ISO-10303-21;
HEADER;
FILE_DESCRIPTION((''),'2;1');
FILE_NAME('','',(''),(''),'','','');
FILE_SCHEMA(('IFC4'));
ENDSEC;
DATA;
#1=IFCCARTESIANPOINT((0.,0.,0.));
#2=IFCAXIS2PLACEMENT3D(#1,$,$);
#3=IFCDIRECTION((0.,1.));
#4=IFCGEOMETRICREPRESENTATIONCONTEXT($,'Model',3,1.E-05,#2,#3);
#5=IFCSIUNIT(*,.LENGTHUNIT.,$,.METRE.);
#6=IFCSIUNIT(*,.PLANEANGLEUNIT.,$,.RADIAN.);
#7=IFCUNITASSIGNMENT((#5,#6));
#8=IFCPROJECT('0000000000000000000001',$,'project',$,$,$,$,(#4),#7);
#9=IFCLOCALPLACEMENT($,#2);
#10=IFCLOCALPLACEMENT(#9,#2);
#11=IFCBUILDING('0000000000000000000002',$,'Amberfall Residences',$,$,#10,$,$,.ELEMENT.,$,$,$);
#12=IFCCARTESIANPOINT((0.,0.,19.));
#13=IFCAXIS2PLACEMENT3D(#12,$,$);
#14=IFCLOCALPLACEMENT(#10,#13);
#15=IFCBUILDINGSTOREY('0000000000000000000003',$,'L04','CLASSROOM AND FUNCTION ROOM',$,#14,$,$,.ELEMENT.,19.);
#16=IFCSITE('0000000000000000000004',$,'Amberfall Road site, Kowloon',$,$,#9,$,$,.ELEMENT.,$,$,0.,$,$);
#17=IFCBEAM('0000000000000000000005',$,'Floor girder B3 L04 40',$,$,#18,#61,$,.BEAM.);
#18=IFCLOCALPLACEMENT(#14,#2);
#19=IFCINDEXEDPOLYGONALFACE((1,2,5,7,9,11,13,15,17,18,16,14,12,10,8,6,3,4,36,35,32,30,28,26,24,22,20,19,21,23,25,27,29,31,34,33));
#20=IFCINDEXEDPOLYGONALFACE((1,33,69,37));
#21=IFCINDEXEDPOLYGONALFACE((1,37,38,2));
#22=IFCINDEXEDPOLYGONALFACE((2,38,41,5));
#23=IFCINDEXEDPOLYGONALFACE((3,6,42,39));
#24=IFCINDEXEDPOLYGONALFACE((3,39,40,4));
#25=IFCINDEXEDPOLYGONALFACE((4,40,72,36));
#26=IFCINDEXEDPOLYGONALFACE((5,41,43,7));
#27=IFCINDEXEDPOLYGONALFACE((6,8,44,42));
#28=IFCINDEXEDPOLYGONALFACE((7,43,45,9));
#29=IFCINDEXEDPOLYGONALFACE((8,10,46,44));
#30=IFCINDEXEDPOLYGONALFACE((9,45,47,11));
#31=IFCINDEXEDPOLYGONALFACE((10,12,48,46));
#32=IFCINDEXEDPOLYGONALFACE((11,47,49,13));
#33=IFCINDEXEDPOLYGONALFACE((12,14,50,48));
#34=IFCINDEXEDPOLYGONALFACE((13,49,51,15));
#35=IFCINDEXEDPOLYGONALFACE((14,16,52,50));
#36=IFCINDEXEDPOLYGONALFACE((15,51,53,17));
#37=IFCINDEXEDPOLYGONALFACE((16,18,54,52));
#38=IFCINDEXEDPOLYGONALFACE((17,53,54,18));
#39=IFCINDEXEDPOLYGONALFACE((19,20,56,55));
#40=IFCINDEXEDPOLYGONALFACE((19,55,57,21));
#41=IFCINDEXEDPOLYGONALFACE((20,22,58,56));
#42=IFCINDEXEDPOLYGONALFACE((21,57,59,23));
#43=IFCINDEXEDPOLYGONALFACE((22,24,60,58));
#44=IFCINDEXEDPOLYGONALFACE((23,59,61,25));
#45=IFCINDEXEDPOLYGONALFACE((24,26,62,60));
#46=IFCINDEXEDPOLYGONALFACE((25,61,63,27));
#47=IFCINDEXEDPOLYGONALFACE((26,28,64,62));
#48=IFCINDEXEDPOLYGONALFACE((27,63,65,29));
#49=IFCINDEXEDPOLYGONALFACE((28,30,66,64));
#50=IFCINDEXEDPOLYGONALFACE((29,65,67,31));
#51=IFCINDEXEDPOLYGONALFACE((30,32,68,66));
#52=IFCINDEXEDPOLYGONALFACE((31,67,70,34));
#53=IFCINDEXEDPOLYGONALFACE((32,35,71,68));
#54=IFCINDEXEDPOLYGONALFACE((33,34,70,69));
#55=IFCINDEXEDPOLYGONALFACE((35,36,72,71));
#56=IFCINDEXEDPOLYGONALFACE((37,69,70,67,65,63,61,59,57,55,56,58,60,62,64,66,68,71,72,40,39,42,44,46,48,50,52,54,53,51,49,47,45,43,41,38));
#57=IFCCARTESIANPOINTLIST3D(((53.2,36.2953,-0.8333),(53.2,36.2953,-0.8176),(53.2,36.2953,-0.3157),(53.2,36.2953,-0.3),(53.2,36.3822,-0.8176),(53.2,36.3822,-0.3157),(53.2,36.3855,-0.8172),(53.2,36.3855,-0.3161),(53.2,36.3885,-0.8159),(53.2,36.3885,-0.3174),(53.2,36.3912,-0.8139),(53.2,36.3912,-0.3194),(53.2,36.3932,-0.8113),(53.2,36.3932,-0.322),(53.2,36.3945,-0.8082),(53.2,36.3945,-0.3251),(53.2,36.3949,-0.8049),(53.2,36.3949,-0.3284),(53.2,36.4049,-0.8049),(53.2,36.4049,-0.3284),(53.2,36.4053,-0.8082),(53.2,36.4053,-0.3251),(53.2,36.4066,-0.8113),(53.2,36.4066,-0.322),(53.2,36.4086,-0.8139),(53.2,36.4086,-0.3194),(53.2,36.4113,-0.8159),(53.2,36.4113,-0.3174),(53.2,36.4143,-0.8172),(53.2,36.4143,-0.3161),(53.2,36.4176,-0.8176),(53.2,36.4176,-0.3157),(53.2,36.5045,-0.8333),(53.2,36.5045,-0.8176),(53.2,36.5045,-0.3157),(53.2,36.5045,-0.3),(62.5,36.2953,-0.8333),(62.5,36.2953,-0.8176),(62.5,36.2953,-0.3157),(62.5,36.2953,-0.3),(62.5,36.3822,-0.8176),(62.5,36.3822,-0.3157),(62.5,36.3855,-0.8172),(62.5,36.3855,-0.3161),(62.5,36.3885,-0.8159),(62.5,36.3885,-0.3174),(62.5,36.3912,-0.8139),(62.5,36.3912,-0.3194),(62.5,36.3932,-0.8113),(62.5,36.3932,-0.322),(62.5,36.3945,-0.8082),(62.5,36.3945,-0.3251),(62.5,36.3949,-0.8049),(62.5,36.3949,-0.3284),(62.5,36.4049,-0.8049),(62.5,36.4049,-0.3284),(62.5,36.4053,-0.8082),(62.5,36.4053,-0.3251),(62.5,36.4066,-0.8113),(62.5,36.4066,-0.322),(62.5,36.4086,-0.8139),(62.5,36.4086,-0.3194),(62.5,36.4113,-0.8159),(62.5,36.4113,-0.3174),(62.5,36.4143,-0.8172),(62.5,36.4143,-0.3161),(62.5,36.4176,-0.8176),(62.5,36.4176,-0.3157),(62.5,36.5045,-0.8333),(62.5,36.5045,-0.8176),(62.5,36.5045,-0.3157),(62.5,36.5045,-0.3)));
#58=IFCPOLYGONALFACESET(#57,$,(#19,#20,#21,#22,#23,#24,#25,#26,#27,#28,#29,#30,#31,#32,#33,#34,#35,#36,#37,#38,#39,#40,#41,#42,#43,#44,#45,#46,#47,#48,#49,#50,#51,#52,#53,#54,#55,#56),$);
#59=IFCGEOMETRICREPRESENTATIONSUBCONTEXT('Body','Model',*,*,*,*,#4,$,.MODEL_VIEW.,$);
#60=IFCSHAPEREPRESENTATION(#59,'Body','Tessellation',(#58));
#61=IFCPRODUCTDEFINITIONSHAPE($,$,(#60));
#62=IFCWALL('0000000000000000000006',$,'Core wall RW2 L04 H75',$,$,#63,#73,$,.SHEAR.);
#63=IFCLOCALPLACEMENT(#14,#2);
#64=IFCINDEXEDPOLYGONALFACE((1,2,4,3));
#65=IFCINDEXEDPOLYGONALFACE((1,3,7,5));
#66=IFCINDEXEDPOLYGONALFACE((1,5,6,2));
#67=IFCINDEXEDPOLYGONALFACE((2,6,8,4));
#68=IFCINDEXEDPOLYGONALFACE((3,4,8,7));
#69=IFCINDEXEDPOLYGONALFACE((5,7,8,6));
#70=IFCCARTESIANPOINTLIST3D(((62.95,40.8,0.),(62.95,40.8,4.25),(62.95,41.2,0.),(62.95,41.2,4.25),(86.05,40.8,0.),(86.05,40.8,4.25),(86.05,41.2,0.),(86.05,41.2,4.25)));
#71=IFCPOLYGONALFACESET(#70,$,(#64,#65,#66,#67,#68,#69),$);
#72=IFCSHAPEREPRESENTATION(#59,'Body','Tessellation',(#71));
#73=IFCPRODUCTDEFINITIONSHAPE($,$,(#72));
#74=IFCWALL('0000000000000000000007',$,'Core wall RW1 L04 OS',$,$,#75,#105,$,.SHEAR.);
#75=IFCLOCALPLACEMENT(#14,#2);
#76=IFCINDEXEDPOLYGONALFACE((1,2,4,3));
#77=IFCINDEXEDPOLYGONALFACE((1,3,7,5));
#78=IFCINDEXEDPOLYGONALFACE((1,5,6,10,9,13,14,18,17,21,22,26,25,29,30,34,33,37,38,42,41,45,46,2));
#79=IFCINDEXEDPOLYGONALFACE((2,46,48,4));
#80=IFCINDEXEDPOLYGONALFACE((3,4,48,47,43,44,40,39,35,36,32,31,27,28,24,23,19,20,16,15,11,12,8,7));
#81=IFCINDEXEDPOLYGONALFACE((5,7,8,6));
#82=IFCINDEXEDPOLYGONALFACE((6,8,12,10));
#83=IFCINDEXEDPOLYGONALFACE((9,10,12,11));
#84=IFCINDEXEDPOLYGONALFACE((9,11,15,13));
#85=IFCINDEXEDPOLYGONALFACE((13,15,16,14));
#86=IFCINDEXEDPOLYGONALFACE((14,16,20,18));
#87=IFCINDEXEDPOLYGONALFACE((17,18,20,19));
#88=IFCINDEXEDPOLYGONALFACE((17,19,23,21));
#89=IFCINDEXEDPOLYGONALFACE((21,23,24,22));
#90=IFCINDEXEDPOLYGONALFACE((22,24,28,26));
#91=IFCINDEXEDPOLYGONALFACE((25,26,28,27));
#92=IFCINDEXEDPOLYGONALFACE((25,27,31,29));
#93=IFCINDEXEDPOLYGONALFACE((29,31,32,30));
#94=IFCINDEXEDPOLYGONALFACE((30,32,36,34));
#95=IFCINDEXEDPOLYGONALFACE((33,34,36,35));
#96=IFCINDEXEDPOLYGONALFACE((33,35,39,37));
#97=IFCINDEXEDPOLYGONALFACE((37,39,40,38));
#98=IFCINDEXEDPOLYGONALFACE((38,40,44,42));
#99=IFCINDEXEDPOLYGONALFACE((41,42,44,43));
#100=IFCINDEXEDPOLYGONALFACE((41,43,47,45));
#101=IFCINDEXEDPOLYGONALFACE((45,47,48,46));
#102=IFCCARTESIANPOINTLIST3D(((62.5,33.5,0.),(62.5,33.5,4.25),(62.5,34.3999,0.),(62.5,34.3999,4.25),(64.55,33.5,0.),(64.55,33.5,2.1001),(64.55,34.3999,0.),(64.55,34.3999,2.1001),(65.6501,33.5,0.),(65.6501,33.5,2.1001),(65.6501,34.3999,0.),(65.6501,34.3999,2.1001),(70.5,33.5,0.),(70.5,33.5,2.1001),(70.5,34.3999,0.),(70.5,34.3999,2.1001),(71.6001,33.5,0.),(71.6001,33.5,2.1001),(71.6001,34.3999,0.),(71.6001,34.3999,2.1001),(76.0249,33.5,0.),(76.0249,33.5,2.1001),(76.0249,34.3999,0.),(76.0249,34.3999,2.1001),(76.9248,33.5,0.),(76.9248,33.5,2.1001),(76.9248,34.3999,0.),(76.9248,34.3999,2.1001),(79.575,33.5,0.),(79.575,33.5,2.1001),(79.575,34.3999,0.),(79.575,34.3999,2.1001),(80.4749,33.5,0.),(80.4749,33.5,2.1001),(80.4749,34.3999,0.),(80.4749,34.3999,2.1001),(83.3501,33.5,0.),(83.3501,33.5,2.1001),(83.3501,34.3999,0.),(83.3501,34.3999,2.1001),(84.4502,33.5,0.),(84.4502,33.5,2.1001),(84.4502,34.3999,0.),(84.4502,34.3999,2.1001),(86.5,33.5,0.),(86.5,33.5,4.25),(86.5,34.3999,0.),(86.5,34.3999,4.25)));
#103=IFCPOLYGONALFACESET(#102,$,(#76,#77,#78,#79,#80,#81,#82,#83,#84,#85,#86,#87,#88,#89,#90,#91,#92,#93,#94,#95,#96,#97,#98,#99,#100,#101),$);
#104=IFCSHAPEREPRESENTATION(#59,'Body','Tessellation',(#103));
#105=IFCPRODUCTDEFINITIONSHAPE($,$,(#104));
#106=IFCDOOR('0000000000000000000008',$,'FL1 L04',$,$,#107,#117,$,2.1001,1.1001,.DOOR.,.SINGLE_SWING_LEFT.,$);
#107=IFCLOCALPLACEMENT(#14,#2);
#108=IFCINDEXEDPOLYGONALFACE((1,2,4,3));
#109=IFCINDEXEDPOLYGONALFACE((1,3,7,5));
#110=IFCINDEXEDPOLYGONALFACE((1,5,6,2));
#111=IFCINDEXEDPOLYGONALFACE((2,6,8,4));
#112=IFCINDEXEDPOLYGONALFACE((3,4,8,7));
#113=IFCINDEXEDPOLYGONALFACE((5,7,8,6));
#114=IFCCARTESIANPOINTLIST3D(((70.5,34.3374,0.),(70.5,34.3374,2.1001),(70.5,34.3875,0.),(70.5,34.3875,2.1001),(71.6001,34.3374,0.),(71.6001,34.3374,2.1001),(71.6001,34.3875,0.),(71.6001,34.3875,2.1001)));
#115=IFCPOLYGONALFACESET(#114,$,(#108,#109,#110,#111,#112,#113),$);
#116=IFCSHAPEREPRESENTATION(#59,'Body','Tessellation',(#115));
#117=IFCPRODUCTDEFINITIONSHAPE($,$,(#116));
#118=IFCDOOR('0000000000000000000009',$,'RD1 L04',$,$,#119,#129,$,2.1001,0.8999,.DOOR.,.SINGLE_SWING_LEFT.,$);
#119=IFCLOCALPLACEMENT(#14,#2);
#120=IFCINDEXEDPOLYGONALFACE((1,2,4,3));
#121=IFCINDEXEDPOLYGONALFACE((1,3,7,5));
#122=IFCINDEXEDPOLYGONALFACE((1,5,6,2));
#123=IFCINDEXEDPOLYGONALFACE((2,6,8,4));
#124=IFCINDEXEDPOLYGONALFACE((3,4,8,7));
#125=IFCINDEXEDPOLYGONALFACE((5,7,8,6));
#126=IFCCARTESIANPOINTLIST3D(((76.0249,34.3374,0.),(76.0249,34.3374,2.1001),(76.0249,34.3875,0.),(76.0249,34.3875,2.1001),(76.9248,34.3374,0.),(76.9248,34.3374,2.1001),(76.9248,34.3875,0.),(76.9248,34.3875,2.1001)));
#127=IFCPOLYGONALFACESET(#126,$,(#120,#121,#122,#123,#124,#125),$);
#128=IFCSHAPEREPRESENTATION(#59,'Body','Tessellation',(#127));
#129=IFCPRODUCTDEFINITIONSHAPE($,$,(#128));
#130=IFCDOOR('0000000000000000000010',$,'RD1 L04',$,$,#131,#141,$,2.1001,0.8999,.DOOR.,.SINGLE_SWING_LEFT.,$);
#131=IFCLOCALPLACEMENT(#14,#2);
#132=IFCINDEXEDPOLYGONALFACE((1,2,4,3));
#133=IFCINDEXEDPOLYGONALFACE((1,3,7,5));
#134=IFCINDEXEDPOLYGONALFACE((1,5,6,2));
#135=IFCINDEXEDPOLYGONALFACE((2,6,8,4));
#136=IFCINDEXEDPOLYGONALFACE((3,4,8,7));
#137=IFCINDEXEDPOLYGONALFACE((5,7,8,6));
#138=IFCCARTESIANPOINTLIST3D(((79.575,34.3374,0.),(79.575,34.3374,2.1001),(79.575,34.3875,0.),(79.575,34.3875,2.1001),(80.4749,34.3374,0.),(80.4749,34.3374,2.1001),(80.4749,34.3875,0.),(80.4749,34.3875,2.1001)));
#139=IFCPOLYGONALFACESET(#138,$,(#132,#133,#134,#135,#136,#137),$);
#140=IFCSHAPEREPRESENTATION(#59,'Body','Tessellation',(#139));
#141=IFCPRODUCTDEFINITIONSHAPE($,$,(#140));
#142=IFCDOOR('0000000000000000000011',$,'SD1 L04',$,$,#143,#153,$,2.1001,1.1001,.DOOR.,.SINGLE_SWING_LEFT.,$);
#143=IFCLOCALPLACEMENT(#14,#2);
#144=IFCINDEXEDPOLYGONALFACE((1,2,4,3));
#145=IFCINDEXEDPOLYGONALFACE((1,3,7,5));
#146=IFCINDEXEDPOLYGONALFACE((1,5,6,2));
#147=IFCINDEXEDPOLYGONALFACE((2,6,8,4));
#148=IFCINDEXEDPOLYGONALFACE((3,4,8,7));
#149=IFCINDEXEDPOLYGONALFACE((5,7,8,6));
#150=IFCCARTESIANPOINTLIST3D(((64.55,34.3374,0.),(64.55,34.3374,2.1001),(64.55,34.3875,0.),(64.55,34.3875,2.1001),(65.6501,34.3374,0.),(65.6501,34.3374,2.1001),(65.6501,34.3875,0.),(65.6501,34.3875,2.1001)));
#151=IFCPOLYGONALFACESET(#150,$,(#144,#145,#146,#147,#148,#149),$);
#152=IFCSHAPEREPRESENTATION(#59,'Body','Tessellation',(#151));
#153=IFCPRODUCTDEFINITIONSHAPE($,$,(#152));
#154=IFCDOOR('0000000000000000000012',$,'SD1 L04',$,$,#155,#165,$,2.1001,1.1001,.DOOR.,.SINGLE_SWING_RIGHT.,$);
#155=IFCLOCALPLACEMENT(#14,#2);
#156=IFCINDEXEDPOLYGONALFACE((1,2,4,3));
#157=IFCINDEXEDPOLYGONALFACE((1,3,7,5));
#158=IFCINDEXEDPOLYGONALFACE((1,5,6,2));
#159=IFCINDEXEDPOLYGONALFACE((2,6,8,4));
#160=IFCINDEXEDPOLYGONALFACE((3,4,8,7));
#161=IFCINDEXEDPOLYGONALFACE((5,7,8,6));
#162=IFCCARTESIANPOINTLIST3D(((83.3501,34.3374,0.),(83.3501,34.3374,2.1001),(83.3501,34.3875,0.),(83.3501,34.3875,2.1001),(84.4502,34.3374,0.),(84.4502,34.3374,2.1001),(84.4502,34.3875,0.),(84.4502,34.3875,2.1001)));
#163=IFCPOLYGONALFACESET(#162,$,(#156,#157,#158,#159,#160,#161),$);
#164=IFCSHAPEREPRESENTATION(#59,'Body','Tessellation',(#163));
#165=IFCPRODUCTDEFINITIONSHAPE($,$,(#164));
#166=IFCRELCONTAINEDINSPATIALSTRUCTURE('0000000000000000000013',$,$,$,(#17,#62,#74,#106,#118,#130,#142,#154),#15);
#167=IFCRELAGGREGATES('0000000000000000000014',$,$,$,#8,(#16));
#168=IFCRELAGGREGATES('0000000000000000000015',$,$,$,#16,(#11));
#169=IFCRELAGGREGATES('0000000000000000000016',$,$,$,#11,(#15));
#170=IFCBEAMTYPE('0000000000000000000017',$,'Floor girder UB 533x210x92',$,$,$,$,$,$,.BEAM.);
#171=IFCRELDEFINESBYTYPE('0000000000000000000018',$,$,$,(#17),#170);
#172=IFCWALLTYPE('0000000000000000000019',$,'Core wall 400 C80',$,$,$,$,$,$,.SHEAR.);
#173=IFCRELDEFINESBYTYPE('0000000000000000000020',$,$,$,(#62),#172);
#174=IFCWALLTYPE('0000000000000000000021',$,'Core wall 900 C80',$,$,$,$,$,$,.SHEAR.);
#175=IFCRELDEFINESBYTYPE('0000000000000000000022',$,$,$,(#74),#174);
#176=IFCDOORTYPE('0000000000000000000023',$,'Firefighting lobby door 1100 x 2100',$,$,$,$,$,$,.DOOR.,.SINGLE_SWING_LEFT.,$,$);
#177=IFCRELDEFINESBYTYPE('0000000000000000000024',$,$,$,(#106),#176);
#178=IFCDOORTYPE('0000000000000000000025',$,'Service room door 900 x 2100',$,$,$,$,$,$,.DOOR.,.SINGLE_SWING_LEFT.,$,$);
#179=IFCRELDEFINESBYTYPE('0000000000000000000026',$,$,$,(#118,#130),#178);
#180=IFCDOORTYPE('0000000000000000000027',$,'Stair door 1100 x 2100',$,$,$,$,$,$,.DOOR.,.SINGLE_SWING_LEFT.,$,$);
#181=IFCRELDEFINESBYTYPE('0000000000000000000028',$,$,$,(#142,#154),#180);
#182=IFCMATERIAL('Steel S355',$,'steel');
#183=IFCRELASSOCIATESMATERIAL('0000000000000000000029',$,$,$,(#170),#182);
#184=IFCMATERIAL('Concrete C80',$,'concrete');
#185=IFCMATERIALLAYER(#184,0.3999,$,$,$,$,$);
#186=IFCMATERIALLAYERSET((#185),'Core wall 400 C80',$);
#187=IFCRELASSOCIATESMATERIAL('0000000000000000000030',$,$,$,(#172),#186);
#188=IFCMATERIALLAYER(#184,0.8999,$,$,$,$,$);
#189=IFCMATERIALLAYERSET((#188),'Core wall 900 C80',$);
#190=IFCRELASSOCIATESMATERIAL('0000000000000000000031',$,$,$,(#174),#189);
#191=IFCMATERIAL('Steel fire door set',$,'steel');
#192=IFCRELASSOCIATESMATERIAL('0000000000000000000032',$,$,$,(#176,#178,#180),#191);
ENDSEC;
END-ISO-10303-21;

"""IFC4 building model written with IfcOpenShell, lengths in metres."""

from ifc_helpers import new_model, si_unit, direction, frame, frame_2d, origin, origin_2d, place, context, subcontext, project, spatial, rectangle, i_section, extrude, material, layer, layer_set, material_profile, profile_set, type_object, element, fill, save


model = new_model("IFC4")

# Units and contexts
model_context = context("Model", 3, precision=1e-05, world=origin(), true_north=direction((0.0, 1.0)))
body_context = subcontext(model_context, "Body", "Model", "MODEL_VIEW")
ifc_project = project(units=[si_unit("LENGTHUNIT", "METRE"), si_unit("PLANEANGLEUNIT", "RADIAN")], contexts=[model_context])

# Site, building, storey
site_placement = place(None, origin())
site = spatial("IfcSite", under=ifc_project, at=site_placement, Name="Amberfall Road site, Kowloon", CompositionType="ELEMENT", RefElevation=0.0)
building_placement = place(site_placement, origin())
building = spatial("IfcBuilding", under=site, at=building_placement, Name="Amberfall Residences", CompositionType="ELEMENT")
storey_placement = place(building_placement, frame((0.0, 0.0, 19.0)))
storey = spatial("IfcBuildingStorey", under=building, at=storey_placement, Name="L04", Description="CLASSROOM AND FUNCTION ROOM", CompositionType="ELEMENT", Elevation=19.0)

# Shared definitions
ifc_material_1 = material(Name="Concrete C80", Category="concrete")

# Beam
ifc_material_2 = material(Name="Steel S355", Category="steel")
ifc_material_profile_1 = material_profile(ifc_material_2, i_section(OverallWidth=0.2092, OverallDepth=0.5332, WebThickness=0.01, FlangeThickness=0.0156, FilletRadius=0.0127, at=origin_2d()), Name="UB 533x210x92")
ifc_profile_set_1 = profile_set([ifc_material_profile_1], Name="Steel S355")
beam_type_1 = type_object("IfcBeamType", Name="Floor girder UB 533x210x92", PredefinedType="BEAM", material=ifc_profile_set_1)
beam_1_placement = place(storey_placement, frame((53.2, 36.3999, -0.5667), z_axis=(1.0, 0.0, 0.0), x_axis=(0.0, 1.0, 0.0)))
element("IfcBeam", 1, at=beam_1_placement, inside=storey, type_object=beam_type_1, Name="Floor girder B3 L04 40", PredefinedType="BEAM", context=body_context, shape_type="SweptSolid", body=[
    extrude(i_section(OverallWidth=0.2092, OverallDepth=0.5332, WebThickness=0.01, FlangeThickness=0.0156, FilletRadius=0.0127, at=origin_2d()), origin(), (0.0, 0.0, 1.0), 9.3),
])

# Wall
ifc_layer_1 = layer(ifc_material_1, 0.3999)
ifc_layer_set_1 = layer_set([ifc_layer_1], Name="Core wall 400 C80")
wall_type_1 = type_object("IfcWallType", Name="Core wall 400 C80", PredefinedType="SHEAR", material=ifc_layer_set_1)
wall_1_placement = place(storey_placement, frame((62.95, 41.0, 0.0), z_axis=(0.0, 0.0, 1.0), x_axis=(1.0, 0.0, 0.0)))
element("IfcWall", 2, at=wall_1_placement, inside=storey, type_object=wall_type_1, Name="Core wall RW2 L04 H75", PredefinedType="SHEAR", context=body_context, shape_type="SweptSolid", body=[
    extrude(rectangle(XDim=23.1001, YDim=0.3999, at=frame_2d((11.55, 0.0))), origin(), (0.0, 0.0, 1.0), 4.25),
])

# Wall, openings, doors
ifc_layer_2 = layer(ifc_material_1, 0.8999)
ifc_layer_set_2 = layer_set([ifc_layer_2], Name="Core wall 900 C80")
wall_type_2 = type_object("IfcWallType", Name="Core wall 900 C80", PredefinedType="SHEAR", material=ifc_layer_set_2)
wall_2_placement = place(storey_placement, frame((62.5, 33.95, 0.0), z_axis=(0.0, 0.0, 1.0), x_axis=(1.0, 0.0, 0.0)))
wall_2 = element("IfcWall", 3, at=wall_2_placement, inside=storey, type_object=wall_type_2, Name="Core wall RW1 L04 OS", PredefinedType="SHEAR", context=body_context, shape_type="SweptSolid", body=[
    extrude(rectangle(XDim=24.0, YDim=0.8999, at=frame_2d((12.0, 0.0))), origin(), (0.0, 0.0, 1.0), 4.25),
])
opening_1_placement = place(wall_2_placement, frame((2.05, 0.0, 0.0)))
opening_1 = element("IfcOpeningElement", 4, at=opening_1_placement, cuts=wall_2, PredefinedType="OPENING", context=body_context, shape_type="SweptSolid", body=[
    extrude(rectangle(XDim=1.1001, YDim=2.1001, at=frame_2d((0.55, 1.05))), frame((0.0, 0.46, 0.0), z_axis=(0.0, -1.0, 0.0), x_axis=(1.0, 0.0, 0.0)), (0.0, 0.0, 1.0), 0.9199),
])
opening_2_placement = place(wall_2_placement, frame((20.8501, 0.0, 0.0)))
opening_2 = element("IfcOpeningElement", 5, at=opening_2_placement, cuts=wall_2, PredefinedType="OPENING", context=body_context, shape_type="SweptSolid", body=[
    extrude(rectangle(XDim=1.1001, YDim=2.1001, at=frame_2d((0.55, 1.05))), frame((0.0, 0.46, 0.0), z_axis=(0.0, -1.0, 0.0), x_axis=(1.0, 0.0, 0.0)), (0.0, 0.0, 1.0), 0.9199),
])
opening_3_placement = place(wall_2_placement, frame((8.0, 0.0, 0.0)))
opening_3 = element("IfcOpeningElement", 6, at=opening_3_placement, cuts=wall_2, PredefinedType="OPENING", context=body_context, shape_type="SweptSolid", body=[
    extrude(rectangle(XDim=1.1001, YDim=2.1001, at=frame_2d((0.55, 1.05))), frame((0.0, 0.46, 0.0), z_axis=(0.0, -1.0, 0.0), x_axis=(1.0, 0.0, 0.0)), (0.0, 0.0, 1.0), 0.9199),
])
opening_4_placement = place(wall_2_placement, frame((13.5249, 0.0, 0.0)))
opening_4 = element("IfcOpeningElement", 7, at=opening_4_placement, cuts=wall_2, PredefinedType="OPENING", context=body_context, shape_type="SweptSolid", body=[
    extrude(rectangle(XDim=0.8999, YDim=2.1001, at=frame_2d((0.45, 1.05))), frame((0.0, 0.46, 0.0), z_axis=(0.0, -1.0, 0.0), x_axis=(1.0, 0.0, 0.0)), (0.0, 0.0, 1.0), 0.9199),
])
opening_5_placement = place(wall_2_placement, frame((17.075, 0.0, 0.0)))
opening_5 = element("IfcOpeningElement", 8, at=opening_5_placement, cuts=wall_2, PredefinedType="OPENING", context=body_context, shape_type="SweptSolid", body=[
    extrude(rectangle(XDim=0.8999, YDim=2.1001, at=frame_2d((0.45, 1.05))), frame((0.0, 0.46, 0.0), z_axis=(0.0, -1.0, 0.0), x_axis=(1.0, 0.0, 0.0)), (0.0, 0.0, 1.0), 0.9199),
])
ifc_material_3 = material(Name="Steel fire door set", Category="steel")
door_type_1 = type_object("IfcDoorType", Name="Firefighting lobby door 1100 x 2100", OperationType="SINGLE_SWING_LEFT", PredefinedType="DOOR", material=ifc_material_3)
door_1_placement = place(opening_3_placement, origin())
door_1 = element("IfcDoor", 9, at=door_1_placement, inside=storey, type_object=door_type_1, Name="FL1 L04", OperationType="SINGLE_SWING_LEFT", OverallHeight=2.1001, OverallWidth=1.1001, PredefinedType="DOOR", context=body_context, shape_type="SweptSolid", body=[
    extrude(rectangle(XDim=1.1001, YDim=2.1001, at=frame_2d((0.55, 1.05))), frame((0.0, 0.4375, 0.0), z_axis=(0.0, -1.0, 0.0), x_axis=(1.0, 0.0, 0.0)), (0.0, 0.0, 1.0), 0.05),
])
fill(opening_3, door_1)
door_type_2 = type_object("IfcDoorType", Name="Service room door 900 x 2100", OperationType="SINGLE_SWING_LEFT", PredefinedType="DOOR", material=ifc_material_3)
door_2_placement = place(opening_4_placement, origin())
door_2 = element("IfcDoor", 10, at=door_2_placement, inside=storey, type_object=door_type_2, Name="RD1 L04", OperationType="SINGLE_SWING_LEFT", OverallHeight=2.1001, OverallWidth=0.8999, PredefinedType="DOOR", context=body_context, shape_type="SweptSolid", body=[
    extrude(rectangle(XDim=0.8999, YDim=2.1001, at=frame_2d((0.45, 1.05))), frame((0.0, 0.4375, 0.0), z_axis=(0.0, -1.0, 0.0), x_axis=(1.0, 0.0, 0.0)), (0.0, 0.0, 1.0), 0.05),
])
fill(opening_4, door_2)
door_3_placement = place(opening_5_placement, origin())
door_3 = element("IfcDoor", 11, at=door_3_placement, inside=storey, type_object=door_type_2, Name="RD1 L04", OperationType="SINGLE_SWING_LEFT", OverallHeight=2.1001, OverallWidth=0.8999, PredefinedType="DOOR", context=body_context, shape_type="SweptSolid", body=[
    extrude(rectangle(XDim=0.8999, YDim=2.1001, at=frame_2d((0.45, 1.05))), frame((0.0, 0.4375, 0.0), z_axis=(0.0, -1.0, 0.0), x_axis=(1.0, 0.0, 0.0)), (0.0, 0.0, 1.0), 0.05),
])
fill(opening_5, door_3)
door_type_3 = type_object("IfcDoorType", Name="Stair door 1100 x 2100", OperationType="SINGLE_SWING_LEFT", PredefinedType="DOOR", material=ifc_material_3)
door_4_placement = place(opening_1_placement, origin())
door_4 = element("IfcDoor", 12, at=door_4_placement, inside=storey, type_object=door_type_3, Name="SD1 L04", OperationType="SINGLE_SWING_LEFT", OverallHeight=2.1001, OverallWidth=1.1001, PredefinedType="DOOR", context=body_context, shape_type="SweptSolid", body=[
    extrude(rectangle(XDim=1.1001, YDim=2.1001, at=frame_2d((0.55, 1.05))), frame((0.0, 0.4375, 0.0), z_axis=(0.0, -1.0, 0.0), x_axis=(1.0, 0.0, 0.0)), (0.0, 0.0, 1.0), 0.05),
])
fill(opening_1, door_4)
door_5_placement = place(opening_2_placement, origin())
door_5 = element("IfcDoor", 13, at=door_5_placement, inside=storey, type_object=door_type_3, Name="SD1 L04", OperationType="SINGLE_SWING_RIGHT", OverallHeight=2.1001, OverallWidth=1.1001, PredefinedType="DOOR", context=body_context, shape_type="SweptSolid", body=[
    extrude(rectangle(XDim=1.1001, YDim=2.1001, at=frame_2d((0.55, 1.05))), frame((0.0, 0.4375, 0.0), z_axis=(0.0, -1.0, 0.0), x_axis=(1.0, 0.0, 0.0)), (0.0, 0.0, 1.0), 0.05),
])
fill(opening_2, door_5)

save(model, "model.ifc")
